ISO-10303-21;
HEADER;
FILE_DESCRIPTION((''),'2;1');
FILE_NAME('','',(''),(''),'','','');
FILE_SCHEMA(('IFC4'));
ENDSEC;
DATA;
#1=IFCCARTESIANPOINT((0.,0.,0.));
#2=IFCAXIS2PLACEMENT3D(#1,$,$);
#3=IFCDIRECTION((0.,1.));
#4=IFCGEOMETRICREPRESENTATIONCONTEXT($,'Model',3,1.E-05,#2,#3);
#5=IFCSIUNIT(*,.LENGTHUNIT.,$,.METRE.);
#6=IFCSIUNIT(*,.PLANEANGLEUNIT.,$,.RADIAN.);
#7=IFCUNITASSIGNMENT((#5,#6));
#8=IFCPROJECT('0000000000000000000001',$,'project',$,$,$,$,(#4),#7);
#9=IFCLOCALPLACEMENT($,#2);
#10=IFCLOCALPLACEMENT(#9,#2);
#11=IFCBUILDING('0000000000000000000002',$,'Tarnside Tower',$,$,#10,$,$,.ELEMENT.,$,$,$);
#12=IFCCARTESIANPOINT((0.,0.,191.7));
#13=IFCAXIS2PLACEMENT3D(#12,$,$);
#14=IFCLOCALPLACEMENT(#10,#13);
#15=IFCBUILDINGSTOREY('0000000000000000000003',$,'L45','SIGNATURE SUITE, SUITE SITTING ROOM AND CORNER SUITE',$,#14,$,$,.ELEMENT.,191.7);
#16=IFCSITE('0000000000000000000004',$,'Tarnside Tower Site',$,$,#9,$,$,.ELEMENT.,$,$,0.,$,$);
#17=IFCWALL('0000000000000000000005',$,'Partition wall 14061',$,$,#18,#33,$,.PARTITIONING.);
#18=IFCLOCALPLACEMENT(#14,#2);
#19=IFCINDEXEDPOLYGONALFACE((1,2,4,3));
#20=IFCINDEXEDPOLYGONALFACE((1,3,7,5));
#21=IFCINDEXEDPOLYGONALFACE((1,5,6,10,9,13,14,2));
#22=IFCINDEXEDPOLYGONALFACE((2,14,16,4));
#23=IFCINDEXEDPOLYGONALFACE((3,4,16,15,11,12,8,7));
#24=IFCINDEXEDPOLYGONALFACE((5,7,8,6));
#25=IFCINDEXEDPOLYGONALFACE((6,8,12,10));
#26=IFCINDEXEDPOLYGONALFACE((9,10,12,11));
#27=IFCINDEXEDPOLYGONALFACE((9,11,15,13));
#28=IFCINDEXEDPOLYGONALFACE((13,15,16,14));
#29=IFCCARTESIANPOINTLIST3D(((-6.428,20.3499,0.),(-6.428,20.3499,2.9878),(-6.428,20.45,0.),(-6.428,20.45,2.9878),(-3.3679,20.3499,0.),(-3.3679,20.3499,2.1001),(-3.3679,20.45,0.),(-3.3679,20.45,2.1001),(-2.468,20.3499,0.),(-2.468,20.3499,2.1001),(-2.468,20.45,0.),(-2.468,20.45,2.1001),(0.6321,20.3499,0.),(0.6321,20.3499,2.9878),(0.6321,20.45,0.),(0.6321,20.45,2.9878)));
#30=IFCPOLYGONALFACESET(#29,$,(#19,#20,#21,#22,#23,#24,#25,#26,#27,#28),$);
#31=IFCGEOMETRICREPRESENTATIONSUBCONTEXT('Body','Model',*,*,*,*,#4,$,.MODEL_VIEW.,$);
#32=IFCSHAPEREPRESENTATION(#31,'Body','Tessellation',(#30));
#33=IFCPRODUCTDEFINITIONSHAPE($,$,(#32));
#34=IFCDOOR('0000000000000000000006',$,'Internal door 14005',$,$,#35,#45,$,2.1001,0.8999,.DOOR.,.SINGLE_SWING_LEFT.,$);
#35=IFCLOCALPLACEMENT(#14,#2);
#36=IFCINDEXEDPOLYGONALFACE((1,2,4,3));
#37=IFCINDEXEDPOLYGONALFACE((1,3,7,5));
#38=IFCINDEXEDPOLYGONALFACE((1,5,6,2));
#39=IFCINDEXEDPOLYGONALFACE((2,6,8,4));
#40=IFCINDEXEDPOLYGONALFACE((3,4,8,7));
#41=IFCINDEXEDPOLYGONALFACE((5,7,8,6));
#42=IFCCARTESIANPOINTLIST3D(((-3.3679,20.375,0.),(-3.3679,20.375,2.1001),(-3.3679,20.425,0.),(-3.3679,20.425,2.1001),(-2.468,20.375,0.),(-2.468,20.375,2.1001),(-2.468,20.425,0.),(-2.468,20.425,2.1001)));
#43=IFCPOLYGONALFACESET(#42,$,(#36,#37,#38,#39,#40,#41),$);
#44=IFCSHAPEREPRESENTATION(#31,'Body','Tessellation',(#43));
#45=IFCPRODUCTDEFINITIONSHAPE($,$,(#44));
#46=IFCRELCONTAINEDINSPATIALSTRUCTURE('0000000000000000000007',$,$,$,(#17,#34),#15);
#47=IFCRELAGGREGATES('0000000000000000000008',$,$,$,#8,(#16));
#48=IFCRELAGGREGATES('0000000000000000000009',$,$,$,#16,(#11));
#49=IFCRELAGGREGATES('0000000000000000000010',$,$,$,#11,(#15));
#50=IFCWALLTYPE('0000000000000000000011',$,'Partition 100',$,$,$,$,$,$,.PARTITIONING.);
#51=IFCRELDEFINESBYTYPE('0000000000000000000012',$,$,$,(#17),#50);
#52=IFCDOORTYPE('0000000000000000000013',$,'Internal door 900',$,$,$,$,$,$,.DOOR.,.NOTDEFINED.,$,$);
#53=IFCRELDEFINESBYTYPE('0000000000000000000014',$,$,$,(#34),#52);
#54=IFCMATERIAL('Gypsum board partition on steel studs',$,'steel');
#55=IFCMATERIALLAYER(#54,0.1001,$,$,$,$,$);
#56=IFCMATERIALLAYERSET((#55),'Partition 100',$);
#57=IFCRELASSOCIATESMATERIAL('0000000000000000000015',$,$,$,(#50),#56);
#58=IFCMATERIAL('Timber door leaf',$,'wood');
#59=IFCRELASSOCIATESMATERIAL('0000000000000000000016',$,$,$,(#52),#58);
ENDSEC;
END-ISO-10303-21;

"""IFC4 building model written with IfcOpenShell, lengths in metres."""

from ifc_helpers import new_model, si_unit, direction, frame, frame_2d, origin, place, context, subcontext, project, spatial, rectangle, extrude, material, layer, layer_set, type_object, element, fill, save


model = new_model("IFC4")

# Units and contexts
model_context = context("Model", 3, precision=1e-05, world=origin(), true_north=direction((0.0, 1.0)))
body_context = subcontext(model_context, "Body", "Model", "MODEL_VIEW")
ifc_project = project(units=[si_unit("LENGTHUNIT", "METRE"), si_unit("PLANEANGLEUNIT", "RADIAN")], contexts=[model_context])

# Site, building, storey
site_placement = place(None, origin())
site = spatial("IfcSite", under=ifc_project, at=site_placement, Name="Tarnside Tower Site", CompositionType="ELEMENT", RefElevation=0.0)
building_placement = place(site_placement, origin())
building = spatial("IfcBuilding", under=site, at=building_placement, Name="Tarnside Tower", CompositionType="ELEMENT")
storey_placement = place(building_placement, frame((0.0, 0.0, 191.7)))
storey = spatial("IfcBuildingStorey", under=building, at=storey_placement, Name="L45", Description="SIGNATURE SUITE, SUITE SITTING ROOM AND CORNER SUITE", CompositionType="ELEMENT", Elevation=191.7)

# Shared definitions
ifc_material_1 = material(Name="Gypsum board partition on steel studs", Category="steel")
ifc_material_2 = material(Name="Timber door leaf", Category="wood")

# Shared definitions
ifc_layer_1 = layer(ifc_material_1, 0.1001)
ifc_layer_set_1 = layer_set([ifc_layer_1], Name="Partition 100")
wall_type_1 = type_object("IfcWallType", Name="Partition 100", PredefinedType="PARTITIONING", material=ifc_layer_set_1)

# Wall, opening, door
wall_1_placement = place(storey_placement, frame((0.6321, 20.3999, 0.0), z_axis=(0.0, 0.0, 1.0), x_axis=(-1.0, 0.0, 0.0)))
wall_1 = element("IfcWall", 1, at=wall_1_placement, inside=storey, type_object=wall_type_1, Name="Partition wall 14061", PredefinedType="PARTITIONING", context=body_context, shape_type="SweptSolid", body=[
    extrude(rectangle(XDim=7.0601, YDim=0.1001, at=frame_2d((3.53, 0.0))), origin(), (0.0, 0.0, 1.0), 2.9878),
])
opening_1_placement = place(wall_1_placement, frame((3.1001, 0.0, 0.0)))
opening_1 = element("IfcOpeningElement", 2, at=opening_1_placement, cuts=wall_1, PredefinedType="OPENING", context=body_context, shape_type="SweptSolid", body=[
    extrude(rectangle(XDim=0.8999, YDim=2.1001, at=frame_2d((0.45, 1.05))), frame((0.0, 0.0601, 0.0), z_axis=(0.0, -1.0, 0.0), x_axis=(1.0, 0.0, 0.0)), (0.0, 0.0, 1.0), 0.1201),
])
door_type_1 = type_object("IfcDoorType", Name="Internal door 900", OperationType="NOTDEFINED", PredefinedType="DOOR", material=ifc_material_2)
door_1_placement = place(opening_1_placement, origin())
door_1 = element("IfcDoor", 3, at=door_1_placement, inside=storey, type_object=door_type_1, Name="Internal door 14005", OperationType="SINGLE_SWING_LEFT", OverallHeight=2.1001, OverallWidth=0.8999, PredefinedType="DOOR", context=body_context, shape_type="SweptSolid", body=[
    extrude(rectangle(XDim=0.8999, YDim=2.1001, at=frame_2d((0.45, 1.05))), frame((0.0, 0.0249, 0.0), z_axis=(0.0, -1.0, 0.0), x_axis=(1.0, 0.0, 0.0)), (0.0, 0.0, 1.0), 0.05),
])
fill(opening_1, door_1)

save(model, "model.ifc")
